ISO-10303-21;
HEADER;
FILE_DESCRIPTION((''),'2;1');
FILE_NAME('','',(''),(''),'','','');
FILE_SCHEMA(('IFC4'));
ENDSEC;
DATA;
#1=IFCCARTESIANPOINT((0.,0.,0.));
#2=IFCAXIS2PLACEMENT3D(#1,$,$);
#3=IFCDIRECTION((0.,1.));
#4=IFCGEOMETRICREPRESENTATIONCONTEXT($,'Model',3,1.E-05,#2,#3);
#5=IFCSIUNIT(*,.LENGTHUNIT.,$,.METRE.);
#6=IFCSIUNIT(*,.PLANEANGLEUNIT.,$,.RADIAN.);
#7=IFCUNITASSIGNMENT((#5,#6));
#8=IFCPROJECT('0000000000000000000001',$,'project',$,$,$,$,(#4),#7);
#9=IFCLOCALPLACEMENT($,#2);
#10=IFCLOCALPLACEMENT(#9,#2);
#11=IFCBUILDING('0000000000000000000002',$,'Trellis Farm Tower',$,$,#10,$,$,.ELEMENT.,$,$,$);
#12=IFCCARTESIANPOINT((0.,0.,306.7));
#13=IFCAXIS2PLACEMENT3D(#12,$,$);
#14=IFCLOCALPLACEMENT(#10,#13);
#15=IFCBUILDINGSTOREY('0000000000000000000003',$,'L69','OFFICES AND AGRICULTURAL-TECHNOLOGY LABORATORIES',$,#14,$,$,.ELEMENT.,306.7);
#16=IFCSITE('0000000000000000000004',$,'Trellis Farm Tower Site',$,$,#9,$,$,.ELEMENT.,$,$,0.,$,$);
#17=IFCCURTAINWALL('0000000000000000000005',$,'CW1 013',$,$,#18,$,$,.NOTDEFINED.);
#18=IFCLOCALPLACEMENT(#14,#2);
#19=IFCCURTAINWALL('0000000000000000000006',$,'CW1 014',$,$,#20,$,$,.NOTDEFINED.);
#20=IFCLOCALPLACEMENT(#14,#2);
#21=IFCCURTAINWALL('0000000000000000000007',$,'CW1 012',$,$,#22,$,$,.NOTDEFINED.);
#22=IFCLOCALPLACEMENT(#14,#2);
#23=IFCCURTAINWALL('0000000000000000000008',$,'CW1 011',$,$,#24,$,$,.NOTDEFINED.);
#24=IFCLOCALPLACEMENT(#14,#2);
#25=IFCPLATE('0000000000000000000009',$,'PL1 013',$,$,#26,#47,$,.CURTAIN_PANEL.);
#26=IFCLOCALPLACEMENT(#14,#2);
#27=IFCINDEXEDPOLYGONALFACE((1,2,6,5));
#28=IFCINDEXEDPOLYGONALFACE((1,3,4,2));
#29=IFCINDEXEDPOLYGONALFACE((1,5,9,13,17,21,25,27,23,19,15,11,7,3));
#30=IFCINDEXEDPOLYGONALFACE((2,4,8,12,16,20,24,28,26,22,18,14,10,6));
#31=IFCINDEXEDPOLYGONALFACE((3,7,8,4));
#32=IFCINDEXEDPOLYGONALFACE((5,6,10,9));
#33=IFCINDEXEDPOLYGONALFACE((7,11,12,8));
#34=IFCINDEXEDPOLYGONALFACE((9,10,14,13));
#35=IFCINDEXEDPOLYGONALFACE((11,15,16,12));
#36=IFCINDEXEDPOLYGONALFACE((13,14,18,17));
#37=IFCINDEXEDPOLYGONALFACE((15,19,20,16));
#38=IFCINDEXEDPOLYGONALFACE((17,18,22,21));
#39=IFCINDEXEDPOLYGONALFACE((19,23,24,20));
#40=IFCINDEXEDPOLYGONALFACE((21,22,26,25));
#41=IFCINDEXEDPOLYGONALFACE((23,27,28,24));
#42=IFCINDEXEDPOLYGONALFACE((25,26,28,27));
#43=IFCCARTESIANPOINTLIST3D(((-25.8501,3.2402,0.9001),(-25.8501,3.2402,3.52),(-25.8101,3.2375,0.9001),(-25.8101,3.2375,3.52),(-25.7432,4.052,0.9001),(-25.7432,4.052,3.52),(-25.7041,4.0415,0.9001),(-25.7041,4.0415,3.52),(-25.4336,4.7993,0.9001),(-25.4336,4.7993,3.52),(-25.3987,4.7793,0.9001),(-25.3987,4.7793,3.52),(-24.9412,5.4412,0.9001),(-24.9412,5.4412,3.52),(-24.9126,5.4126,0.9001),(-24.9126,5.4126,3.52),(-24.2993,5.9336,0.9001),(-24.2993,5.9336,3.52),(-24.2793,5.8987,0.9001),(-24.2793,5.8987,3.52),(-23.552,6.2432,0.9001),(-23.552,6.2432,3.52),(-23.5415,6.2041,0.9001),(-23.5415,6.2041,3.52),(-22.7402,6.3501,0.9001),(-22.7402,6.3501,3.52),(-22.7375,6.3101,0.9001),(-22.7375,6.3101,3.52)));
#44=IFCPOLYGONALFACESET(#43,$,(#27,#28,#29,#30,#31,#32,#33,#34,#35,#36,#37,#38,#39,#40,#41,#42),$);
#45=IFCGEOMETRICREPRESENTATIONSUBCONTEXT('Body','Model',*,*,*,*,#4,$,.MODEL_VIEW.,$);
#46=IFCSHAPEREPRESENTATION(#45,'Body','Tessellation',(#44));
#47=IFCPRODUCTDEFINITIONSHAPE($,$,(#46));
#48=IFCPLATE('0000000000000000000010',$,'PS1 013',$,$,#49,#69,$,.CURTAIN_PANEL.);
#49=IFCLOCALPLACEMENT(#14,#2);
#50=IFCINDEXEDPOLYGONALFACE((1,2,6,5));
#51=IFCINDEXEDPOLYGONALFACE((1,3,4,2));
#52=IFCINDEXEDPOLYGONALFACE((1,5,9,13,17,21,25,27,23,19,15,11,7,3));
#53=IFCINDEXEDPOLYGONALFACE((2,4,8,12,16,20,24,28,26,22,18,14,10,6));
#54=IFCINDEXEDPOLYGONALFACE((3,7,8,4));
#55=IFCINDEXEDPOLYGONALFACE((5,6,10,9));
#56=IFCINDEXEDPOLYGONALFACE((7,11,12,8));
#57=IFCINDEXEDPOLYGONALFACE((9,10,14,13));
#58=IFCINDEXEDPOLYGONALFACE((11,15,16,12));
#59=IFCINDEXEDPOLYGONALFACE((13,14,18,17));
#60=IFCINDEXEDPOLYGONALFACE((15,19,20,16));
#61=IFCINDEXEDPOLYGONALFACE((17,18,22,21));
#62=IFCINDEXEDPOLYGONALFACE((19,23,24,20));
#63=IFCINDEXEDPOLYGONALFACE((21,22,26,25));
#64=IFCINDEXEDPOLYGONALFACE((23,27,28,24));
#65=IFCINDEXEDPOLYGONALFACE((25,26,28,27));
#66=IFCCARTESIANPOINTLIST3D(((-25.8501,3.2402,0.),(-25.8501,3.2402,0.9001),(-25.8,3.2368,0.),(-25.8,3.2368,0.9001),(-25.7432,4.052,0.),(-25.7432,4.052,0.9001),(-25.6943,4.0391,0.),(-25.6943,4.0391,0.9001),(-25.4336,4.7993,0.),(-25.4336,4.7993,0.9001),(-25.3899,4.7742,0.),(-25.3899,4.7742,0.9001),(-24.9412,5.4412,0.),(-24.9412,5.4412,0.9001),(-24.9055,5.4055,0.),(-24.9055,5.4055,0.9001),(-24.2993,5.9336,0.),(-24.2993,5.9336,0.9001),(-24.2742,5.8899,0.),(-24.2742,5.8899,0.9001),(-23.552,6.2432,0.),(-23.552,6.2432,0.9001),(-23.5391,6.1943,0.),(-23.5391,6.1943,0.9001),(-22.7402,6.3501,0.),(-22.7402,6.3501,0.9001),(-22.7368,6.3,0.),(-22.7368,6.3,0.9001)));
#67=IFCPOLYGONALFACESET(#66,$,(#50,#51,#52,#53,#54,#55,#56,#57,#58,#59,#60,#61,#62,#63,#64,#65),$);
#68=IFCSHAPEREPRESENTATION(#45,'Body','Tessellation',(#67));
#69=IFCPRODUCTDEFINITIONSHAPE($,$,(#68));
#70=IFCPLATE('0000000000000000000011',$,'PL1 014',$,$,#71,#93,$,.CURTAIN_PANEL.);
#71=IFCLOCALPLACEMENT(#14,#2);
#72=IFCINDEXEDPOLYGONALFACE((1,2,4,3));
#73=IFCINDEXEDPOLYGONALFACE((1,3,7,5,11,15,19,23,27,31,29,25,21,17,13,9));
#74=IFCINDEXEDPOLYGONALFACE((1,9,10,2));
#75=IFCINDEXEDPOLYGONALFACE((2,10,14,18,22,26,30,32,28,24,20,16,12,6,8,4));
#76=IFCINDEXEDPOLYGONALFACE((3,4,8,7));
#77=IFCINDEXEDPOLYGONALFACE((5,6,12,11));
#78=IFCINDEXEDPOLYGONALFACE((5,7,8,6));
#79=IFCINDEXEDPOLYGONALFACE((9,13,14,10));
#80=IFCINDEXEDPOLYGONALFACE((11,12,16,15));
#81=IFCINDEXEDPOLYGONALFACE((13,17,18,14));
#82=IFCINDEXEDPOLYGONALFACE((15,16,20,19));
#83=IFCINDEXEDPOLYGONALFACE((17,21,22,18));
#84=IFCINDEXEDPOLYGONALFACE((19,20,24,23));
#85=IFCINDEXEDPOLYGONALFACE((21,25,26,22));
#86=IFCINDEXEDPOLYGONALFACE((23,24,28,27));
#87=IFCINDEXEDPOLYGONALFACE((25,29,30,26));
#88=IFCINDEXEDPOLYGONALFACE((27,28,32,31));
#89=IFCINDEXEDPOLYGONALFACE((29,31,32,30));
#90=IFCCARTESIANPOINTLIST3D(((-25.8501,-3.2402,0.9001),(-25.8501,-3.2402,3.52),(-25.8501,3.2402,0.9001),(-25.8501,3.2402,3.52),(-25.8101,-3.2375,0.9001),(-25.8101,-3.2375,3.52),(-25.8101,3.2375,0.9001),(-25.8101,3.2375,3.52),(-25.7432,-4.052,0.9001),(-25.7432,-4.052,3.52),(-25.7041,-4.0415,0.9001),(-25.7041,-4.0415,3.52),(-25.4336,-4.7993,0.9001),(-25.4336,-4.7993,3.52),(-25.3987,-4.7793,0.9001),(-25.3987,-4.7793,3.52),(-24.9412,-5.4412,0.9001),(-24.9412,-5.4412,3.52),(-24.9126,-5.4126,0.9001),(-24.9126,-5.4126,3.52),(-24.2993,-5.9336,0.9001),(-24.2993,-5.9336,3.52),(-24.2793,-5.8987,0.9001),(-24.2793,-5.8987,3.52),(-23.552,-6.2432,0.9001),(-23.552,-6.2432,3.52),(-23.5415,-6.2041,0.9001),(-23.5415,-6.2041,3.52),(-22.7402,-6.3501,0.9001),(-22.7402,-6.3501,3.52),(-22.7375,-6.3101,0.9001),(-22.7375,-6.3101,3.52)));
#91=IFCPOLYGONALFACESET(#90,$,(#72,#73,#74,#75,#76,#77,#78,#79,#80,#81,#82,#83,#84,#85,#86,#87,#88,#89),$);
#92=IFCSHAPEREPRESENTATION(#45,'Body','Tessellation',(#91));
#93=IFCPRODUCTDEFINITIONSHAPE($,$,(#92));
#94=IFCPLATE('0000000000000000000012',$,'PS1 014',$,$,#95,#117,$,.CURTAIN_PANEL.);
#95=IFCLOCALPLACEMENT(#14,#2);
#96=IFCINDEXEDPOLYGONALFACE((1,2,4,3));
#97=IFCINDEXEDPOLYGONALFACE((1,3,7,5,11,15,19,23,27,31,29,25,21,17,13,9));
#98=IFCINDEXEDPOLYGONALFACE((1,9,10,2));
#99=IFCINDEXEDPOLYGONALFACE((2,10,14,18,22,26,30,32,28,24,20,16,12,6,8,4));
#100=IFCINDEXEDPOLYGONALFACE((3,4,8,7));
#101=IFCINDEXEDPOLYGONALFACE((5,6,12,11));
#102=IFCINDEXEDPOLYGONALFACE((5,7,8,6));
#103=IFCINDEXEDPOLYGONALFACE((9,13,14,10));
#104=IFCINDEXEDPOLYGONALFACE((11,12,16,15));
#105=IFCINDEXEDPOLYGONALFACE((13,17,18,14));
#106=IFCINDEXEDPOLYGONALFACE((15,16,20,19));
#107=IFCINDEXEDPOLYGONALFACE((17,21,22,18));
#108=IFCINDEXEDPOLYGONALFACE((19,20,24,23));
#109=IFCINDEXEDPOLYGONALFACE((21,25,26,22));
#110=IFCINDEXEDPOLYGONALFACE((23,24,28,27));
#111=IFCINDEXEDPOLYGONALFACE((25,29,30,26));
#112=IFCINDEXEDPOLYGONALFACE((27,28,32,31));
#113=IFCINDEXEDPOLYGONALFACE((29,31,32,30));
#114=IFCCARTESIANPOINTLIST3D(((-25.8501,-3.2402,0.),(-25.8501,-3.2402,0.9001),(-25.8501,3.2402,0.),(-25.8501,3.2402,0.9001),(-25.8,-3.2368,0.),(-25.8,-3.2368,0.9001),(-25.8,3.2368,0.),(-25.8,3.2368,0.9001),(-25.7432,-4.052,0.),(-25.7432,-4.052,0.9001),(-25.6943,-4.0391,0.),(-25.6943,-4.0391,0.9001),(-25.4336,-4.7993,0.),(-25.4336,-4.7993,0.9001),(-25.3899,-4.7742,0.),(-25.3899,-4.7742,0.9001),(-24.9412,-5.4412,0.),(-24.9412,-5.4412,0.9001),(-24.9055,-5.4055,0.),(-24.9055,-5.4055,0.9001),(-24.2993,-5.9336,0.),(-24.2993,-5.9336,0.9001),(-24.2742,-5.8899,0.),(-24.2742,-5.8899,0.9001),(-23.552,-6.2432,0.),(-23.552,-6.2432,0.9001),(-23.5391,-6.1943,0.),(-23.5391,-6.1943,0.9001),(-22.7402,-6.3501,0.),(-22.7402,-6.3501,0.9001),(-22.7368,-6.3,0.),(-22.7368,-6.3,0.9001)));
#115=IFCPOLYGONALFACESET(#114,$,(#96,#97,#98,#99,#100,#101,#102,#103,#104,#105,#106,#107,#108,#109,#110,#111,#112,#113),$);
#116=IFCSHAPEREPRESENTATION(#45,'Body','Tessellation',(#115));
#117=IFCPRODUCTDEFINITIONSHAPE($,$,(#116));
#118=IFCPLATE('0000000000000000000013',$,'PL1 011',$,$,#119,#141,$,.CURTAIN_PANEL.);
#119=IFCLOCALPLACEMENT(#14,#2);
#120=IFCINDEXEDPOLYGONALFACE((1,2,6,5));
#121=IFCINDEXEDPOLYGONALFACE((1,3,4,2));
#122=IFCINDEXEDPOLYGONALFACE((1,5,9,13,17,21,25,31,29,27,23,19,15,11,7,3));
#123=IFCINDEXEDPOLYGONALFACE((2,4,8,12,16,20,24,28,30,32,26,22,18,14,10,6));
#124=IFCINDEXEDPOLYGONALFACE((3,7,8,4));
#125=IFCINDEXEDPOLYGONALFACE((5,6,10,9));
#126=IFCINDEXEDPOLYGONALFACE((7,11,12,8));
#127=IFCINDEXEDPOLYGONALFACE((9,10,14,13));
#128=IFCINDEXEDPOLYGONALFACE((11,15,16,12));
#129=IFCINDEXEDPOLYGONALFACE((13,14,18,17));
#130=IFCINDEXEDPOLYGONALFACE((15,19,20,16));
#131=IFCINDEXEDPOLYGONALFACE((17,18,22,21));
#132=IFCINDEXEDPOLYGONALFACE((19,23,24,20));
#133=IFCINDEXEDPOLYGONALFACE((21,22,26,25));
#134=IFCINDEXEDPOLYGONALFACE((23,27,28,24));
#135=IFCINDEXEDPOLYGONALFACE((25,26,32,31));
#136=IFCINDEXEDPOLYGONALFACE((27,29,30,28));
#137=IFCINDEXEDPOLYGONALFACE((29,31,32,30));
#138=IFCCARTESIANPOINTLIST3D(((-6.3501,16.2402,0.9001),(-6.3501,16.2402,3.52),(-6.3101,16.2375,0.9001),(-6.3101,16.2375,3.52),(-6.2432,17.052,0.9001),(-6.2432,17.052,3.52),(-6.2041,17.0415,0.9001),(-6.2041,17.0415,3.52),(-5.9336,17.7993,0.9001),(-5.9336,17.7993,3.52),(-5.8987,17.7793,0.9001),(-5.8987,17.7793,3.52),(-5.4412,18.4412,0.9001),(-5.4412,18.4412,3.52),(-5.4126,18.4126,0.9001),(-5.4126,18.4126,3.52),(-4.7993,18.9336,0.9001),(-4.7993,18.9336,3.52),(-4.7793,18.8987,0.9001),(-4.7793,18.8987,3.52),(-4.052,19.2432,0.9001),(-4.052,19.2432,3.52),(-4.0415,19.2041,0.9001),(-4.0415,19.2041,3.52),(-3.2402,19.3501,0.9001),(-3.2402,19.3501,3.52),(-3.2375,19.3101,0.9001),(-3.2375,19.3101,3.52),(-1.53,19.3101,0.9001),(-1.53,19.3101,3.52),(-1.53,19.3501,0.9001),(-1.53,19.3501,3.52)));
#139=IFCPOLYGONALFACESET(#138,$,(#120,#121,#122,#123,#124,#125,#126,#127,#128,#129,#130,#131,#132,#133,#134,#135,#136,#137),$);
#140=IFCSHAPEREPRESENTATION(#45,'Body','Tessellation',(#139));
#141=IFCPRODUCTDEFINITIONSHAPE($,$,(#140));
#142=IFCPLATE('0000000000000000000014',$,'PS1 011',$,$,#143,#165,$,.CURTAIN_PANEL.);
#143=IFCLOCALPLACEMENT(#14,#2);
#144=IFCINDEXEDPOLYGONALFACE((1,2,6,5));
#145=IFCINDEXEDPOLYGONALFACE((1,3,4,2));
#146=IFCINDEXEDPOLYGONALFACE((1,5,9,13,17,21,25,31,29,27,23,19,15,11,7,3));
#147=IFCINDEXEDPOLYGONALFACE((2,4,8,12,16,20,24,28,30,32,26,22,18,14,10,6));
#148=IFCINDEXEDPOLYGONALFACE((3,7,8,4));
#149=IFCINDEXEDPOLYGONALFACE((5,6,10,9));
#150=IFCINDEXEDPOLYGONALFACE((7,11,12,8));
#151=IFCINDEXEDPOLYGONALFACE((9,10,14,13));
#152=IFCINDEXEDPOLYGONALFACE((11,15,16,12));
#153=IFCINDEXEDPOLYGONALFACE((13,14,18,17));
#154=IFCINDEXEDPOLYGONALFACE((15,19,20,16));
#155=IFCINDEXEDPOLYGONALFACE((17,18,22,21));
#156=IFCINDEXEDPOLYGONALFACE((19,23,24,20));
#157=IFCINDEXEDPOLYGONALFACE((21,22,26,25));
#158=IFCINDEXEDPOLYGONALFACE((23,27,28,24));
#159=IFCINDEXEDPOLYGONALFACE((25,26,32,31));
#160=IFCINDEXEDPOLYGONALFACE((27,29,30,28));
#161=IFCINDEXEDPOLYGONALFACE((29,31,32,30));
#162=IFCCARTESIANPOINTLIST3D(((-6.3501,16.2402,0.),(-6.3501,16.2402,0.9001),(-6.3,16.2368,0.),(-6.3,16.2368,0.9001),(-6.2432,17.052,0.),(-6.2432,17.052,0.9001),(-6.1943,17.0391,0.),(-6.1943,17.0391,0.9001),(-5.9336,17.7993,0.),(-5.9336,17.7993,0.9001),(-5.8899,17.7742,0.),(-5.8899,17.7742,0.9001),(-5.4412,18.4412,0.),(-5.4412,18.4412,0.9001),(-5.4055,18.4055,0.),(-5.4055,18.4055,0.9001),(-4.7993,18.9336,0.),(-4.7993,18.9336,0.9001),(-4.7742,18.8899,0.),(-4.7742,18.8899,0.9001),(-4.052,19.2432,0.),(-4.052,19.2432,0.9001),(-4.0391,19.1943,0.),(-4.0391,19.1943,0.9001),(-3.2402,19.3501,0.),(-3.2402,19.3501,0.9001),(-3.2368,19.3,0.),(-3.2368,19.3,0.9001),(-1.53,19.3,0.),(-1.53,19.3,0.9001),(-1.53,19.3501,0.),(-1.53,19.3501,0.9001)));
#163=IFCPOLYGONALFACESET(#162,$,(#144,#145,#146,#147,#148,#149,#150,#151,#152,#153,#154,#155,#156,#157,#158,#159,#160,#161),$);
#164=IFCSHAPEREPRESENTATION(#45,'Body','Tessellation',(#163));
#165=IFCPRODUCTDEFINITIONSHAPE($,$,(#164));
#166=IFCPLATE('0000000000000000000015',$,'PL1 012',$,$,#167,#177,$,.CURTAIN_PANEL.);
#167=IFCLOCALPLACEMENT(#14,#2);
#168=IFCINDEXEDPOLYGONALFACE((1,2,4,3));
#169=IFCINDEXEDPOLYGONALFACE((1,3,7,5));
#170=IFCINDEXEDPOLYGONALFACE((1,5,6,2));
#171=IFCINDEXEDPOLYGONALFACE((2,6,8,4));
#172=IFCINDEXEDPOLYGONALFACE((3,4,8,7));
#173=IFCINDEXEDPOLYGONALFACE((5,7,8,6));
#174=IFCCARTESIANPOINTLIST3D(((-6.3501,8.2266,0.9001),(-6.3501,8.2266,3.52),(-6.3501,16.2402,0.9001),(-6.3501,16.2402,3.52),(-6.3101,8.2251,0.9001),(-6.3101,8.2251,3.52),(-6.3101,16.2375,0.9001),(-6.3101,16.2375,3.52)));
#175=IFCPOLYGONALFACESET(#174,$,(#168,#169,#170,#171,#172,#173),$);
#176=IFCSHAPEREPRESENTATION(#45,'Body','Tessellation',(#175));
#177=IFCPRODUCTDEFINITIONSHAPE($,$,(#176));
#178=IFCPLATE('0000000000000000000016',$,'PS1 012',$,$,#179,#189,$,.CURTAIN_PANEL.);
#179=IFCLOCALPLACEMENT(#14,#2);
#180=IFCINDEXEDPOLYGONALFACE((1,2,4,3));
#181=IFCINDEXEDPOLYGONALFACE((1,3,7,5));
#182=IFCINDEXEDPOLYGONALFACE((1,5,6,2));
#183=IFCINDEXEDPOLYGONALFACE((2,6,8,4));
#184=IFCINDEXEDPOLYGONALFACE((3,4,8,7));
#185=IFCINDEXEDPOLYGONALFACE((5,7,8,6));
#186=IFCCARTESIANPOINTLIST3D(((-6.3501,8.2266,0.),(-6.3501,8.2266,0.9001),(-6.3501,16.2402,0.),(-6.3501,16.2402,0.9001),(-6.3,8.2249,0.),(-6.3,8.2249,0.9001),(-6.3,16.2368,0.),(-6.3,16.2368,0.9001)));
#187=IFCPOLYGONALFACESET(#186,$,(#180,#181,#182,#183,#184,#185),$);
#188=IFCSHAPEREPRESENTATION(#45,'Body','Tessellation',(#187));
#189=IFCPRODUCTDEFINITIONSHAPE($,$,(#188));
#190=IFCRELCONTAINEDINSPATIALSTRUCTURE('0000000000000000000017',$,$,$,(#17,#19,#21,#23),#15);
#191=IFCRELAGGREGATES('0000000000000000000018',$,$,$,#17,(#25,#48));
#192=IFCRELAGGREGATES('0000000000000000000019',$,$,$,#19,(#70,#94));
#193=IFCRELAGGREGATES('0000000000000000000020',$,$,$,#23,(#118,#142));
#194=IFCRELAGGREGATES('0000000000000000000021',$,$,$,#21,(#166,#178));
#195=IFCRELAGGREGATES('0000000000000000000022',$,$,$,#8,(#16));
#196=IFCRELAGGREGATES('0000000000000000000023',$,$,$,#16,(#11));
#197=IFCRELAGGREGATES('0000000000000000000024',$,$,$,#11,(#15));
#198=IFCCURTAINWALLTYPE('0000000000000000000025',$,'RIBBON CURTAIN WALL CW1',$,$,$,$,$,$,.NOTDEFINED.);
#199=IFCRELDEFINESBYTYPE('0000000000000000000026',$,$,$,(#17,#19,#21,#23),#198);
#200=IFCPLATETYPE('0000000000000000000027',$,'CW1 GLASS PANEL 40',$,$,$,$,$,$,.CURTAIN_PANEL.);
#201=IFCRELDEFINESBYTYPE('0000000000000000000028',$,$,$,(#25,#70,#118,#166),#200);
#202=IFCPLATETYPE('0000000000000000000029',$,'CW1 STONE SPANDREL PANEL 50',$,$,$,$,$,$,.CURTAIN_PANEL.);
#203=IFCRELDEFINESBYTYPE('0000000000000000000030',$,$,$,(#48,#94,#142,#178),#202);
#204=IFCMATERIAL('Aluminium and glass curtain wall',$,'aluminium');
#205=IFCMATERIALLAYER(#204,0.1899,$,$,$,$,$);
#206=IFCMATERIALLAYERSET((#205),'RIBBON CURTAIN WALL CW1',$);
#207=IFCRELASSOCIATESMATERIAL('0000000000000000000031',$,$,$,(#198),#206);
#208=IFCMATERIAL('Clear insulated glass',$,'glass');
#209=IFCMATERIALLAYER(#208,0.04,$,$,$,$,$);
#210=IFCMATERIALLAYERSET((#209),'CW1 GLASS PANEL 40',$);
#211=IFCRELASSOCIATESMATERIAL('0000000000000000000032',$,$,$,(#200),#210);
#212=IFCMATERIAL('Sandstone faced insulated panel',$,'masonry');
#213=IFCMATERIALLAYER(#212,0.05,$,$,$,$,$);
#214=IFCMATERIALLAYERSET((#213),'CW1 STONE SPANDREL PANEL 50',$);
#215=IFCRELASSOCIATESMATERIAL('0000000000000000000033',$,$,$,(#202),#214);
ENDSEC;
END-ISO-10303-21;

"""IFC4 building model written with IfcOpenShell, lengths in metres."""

from ifc_helpers import new_model, si_unit, direction, frame, origin, place, context, subcontext, project, spatial, polyline, outline, extrude, source, transform, mapped, material, layer, layer_set, type_object, element, aggregate, save


model = new_model("IFC4")

# Units and contexts
model_context = context("Model", 3, precision=1e-05, world=origin(), true_north=direction((0.0, 1.0)))
body_context = subcontext(model_context, "Body", "Model", "MODEL_VIEW")
ifc_project = project(units=[si_unit("LENGTHUNIT", "METRE"), si_unit("PLANEANGLEUNIT", "RADIAN")], contexts=[model_context])

# Site, building, storey
site_placement = place(None, origin())
site = spatial("IfcSite", under=ifc_project, at=site_placement, Name="Trellis Farm Tower Site", CompositionType="ELEMENT", RefElevation=0.0)
building_placement = place(site_placement, origin())
building = spatial("IfcBuilding", under=site, at=building_placement, Name="Trellis Farm Tower", CompositionType="ELEMENT")
storey_placement = place(building_placement, frame((0.0, 0.0, 306.7)))
storey = spatial("IfcBuildingStorey", under=building, at=storey_placement, Name="L69", Description="OFFICES AND AGRICULTURAL-TECHNOLOGY LABORATORIES", CompositionType="ELEMENT", Elevation=306.7)

# Curtain walls
ifc_material_1 = material(Name="Aluminium and glass curtain wall", Category="aluminium")
placement_1 = place(storey_placement, origin())
ifc_layer_1 = layer(ifc_material_1, 0.1899)
ifc_layer_set_1 = layer_set([ifc_layer_1], Name="RIBBON CURTAIN WALL CW1")
curtain_wall_type_1 = type_object("IfcCurtainWallType", Name="RIBBON CURTAIN WALL CW1", PredefinedType="NOTDEFINED", material=ifc_layer_set_1)
curtain_wall_1 = element("IfcCurtainWall", 1, at=placement_1, inside=storey, type_object=curtain_wall_type_1, Name="CW1 013", PredefinedType="NOTDEFINED")
curtain_wall_2 = element("IfcCurtainWall", 2, at=placement_1, inside=storey, type_object=curtain_wall_type_1, Name="CW1 014", PredefinedType="NOTDEFINED")
curtain_wall_3 = element("IfcCurtainWall", 3, at=placement_1, inside=storey, type_object=curtain_wall_type_1, Name="CW1 012", PredefinedType="NOTDEFINED")
curtain_wall_4 = element("IfcCurtainWall", 4, at=placement_1, inside=storey, type_object=curtain_wall_type_1, Name="CW1 011", PredefinedType="NOTDEFINED")

# Plates
ifc_material_2 = material(Name="Clear insulated glass", Category="glass")
ifc_layer_2 = layer(ifc_material_2, 0.04)
ifc_layer_set_2 = layer_set([ifc_layer_2], Name="CW1 GLASS PANEL 40")
plate_type_1 = type_object("IfcPlateType", Name="CW1 GLASS PANEL 40", PredefinedType="CURTAIN_PANEL", material=ifc_layer_set_2)
shared_shape_1 = source(origin(), body_context, "Body", "SweptSolid", [
    extrude(outline(polyline([(-22.7402, 6.3501), (-23.552, 6.2432), (-24.2993, 5.9336), (-24.9412, 5.4412), (-25.4336, 4.7993), (-25.7432, 4.052), (-25.8501, 3.2402), (-25.8101, 3.2375), (-25.7041, 4.0415), (-25.3987, 4.7793), (-24.9126, 5.4126), (-24.2793, 5.8987), (-23.5415, 6.2041), (-22.7375, 6.3101), (-22.7402, 6.3501)])), origin(), (0.0, 0.0, 1.0), 2.6199),
])
placement_2 = place(storey_placement, frame((0.0, 0.0, 0.9001)))
plate_1 = element("IfcPlate", 5, at=placement_2, type_object=plate_type_1, Name="PL1 013", PredefinedType="CURTAIN_PANEL", context=body_context, shape_type="MappedRepresentation", body=[
    mapped(shared_shape_1, transform((0.0, 0.0, 0.0))),
])
ifc_material_3 = material(Name="Sandstone faced insulated panel", Category="masonry")
ifc_layer_3 = layer(ifc_material_3, 0.05)
ifc_layer_set_3 = layer_set([ifc_layer_3], Name="CW1 STONE SPANDREL PANEL 50")
plate_type_2 = type_object("IfcPlateType", Name="CW1 STONE SPANDREL PANEL 50", PredefinedType="CURTAIN_PANEL", material=ifc_layer_set_3)
shared_shape_2 = source(origin(), body_context, "Body", "SweptSolid", [
    extrude(outline(polyline([(-22.7402, 6.3501), (-23.552, 6.2432), (-24.2993, 5.9336), (-24.9412, 5.4412), (-25.4336, 4.7993), (-25.7432, 4.052), (-25.8501, 3.2402), (-25.8, 3.2368), (-25.6943, 4.0391), (-25.3899, 4.7742), (-24.9055, 5.4055), (-24.2742, 5.8899), (-23.5391, 6.1943), (-22.7368, 6.3), (-22.7402, 6.3501)])), origin(), (0.0, 0.0, 1.0), 0.9001),
])
plate_2 = element("IfcPlate", 6, at=placement_1, type_object=plate_type_2, Name="PS1 013", PredefinedType="CURTAIN_PANEL", context=body_context, shape_type="MappedRepresentation", body=[
    mapped(shared_shape_2, transform((0.0, 0.0, 0.0))),
])
aggregate(curtain_wall_1, [plate_1, plate_2])
shared_shape_3 = source(origin(), body_context, "Body", "SweptSolid", [
    extrude(outline(polyline([(-25.8501, 3.2402), (-25.8501, -3.2402), (-25.7432, -4.052), (-25.4336, -4.7993), (-24.9412, -5.4412), (-24.2993, -5.9336), (-23.552, -6.2432), (-22.7402, -6.3501), (-22.7375, -6.3101), (-23.5415, -6.2041), (-24.2793, -5.8987), (-24.9126, -5.4126), (-25.3987, -4.7793), (-25.7041, -4.0415), (-25.8101, -3.2375), (-25.8101, 3.2375), (-25.8501, 3.2402)])), origin(), (0.0, 0.0, 1.0), 2.6199),
])
plate_3 = element("IfcPlate", 7, at=placement_2, type_object=plate_type_1, Name="PL1 014", PredefinedType="CURTAIN_PANEL", context=body_context, shape_type="MappedRepresentation", body=[
    mapped(shared_shape_3, transform((0.0, 0.0, 0.0))),
])
shared_shape_4 = source(origin(), body_context, "Body", "SweptSolid", [
    extrude(outline(polyline([(-25.8501, 3.2402), (-25.8501, -3.2402), (-25.7432, -4.052), (-25.4336, -4.7993), (-24.9412, -5.4412), (-24.2993, -5.9336), (-23.552, -6.2432), (-22.7402, -6.3501), (-22.7368, -6.3), (-23.5391, -6.1943), (-24.2742, -5.8899), (-24.9055, -5.4055), (-25.3899, -4.7742), (-25.6943, -4.0391), (-25.8, -3.2368), (-25.8, 3.2368), (-25.8501, 3.2402)])), origin(), (0.0, 0.0, 1.0), 0.9001),
])
plate_4 = element("IfcPlate", 8, at=placement_1, type_object=plate_type_2, Name="PS1 014", PredefinedType="CURTAIN_PANEL", context=body_context, shape_type="MappedRepresentation", body=[
    mapped(shared_shape_4, transform((0.0, 0.0, 0.0))),
])
aggregate(curtain_wall_2, [plate_3, plate_4])
shared_shape_5 = source(origin(), body_context, "Body", "SweptSolid", [
    extrude(outline(polyline([(-1.53, 19.3501), (-3.2402, 19.3501), (-4.052, 19.2432), (-4.7993, 18.9336), (-5.4412, 18.4412), (-5.9336, 17.7993), (-6.2432, 17.052), (-6.3501, 16.2402), (-6.3101, 16.2375), (-6.2041, 17.0415), (-5.8987, 17.7793), (-5.4126, 18.4126), (-4.7793, 18.8987), (-4.0415, 19.2041), (-3.2375, 19.3101), (-1.53, 19.3101), (-1.53, 19.3501)])), origin(), (0.0, 0.0, 1.0), 2.6199),
])
plate_5 = element("IfcPlate", 9, at=placement_2, type_object=plate_type_1, Name="PL1 011", PredefinedType="CURTAIN_PANEL", context=body_context, shape_type="MappedRepresentation", body=[
    mapped(shared_shape_5, transform((0.0, 0.0, 0.0))),
])
shared_shape_6 = source(origin(), body_context, "Body", "SweptSolid", [
    extrude(outline(polyline([(-1.53, 19.3501), (-3.2402, 19.3501), (-4.052, 19.2432), (-4.7993, 18.9336), (-5.4412, 18.4412), (-5.9336, 17.7993), (-6.2432, 17.052), (-6.3501, 16.2402), (-6.3, 16.2368), (-6.1943, 17.0391), (-5.8899, 17.7742), (-5.4055, 18.4055), (-4.7742, 18.8899), (-4.0391, 19.1943), (-3.2368, 19.3), (-1.53, 19.3), (-1.53, 19.3501)])), origin(), (0.0, 0.0, 1.0), 0.9001),
])
plate_6 = element("IfcPlate", 10, at=placement_1, type_object=plate_type_2, Name="PS1 011", PredefinedType="CURTAIN_PANEL", context=body_context, shape_type="MappedRepresentation", body=[
    mapped(shared_shape_6, transform((0.0, 0.0, 0.0))),
])
aggregate(curtain_wall_4, [plate_5, plate_6])
shared_shape_7 = source(origin(), body_context, "Body", "SweptSolid", [
    extrude(outline(polyline([(-6.3501, 16.2402), (-6.3501, 8.2266), (-6.3101, 8.2251), (-6.3101, 16.2375), (-6.3501, 16.2402)])), origin(), (0.0, 0.0, 1.0), 2.6199),
])
plate_7 = element("IfcPlate", 11, at=placement_2, type_object=plate_type_1, Name="PL1 012", PredefinedType="CURTAIN_PANEL", context=body_context, shape_type="MappedRepresentation", body=[
    mapped(shared_shape_7, transform((0.0, 0.0, 0.0))),
])
shared_shape_8 = source(origin(), body_context, "Body", "SweptSolid", [
    extrude(outline(polyline([(-6.3501, 16.2402), (-6.3501, 8.2266), (-6.3, 8.2249), (-6.3, 16.2368), (-6.3501, 16.2402)])), origin(), (0.0, 0.0, 1.0), 0.9001),
])
plate_8 = element("IfcPlate", 12, at=placement_1, type_object=plate_type_2, Name="PS1 012", PredefinedType="CURTAIN_PANEL", context=body_context, shape_type="MappedRepresentation", body=[
    mapped(shared_shape_8, transform((0.0, 0.0, 0.0))),
])
aggregate(curtain_wall_3, [plate_7, plate_8])

save(model, "model.ifc")
